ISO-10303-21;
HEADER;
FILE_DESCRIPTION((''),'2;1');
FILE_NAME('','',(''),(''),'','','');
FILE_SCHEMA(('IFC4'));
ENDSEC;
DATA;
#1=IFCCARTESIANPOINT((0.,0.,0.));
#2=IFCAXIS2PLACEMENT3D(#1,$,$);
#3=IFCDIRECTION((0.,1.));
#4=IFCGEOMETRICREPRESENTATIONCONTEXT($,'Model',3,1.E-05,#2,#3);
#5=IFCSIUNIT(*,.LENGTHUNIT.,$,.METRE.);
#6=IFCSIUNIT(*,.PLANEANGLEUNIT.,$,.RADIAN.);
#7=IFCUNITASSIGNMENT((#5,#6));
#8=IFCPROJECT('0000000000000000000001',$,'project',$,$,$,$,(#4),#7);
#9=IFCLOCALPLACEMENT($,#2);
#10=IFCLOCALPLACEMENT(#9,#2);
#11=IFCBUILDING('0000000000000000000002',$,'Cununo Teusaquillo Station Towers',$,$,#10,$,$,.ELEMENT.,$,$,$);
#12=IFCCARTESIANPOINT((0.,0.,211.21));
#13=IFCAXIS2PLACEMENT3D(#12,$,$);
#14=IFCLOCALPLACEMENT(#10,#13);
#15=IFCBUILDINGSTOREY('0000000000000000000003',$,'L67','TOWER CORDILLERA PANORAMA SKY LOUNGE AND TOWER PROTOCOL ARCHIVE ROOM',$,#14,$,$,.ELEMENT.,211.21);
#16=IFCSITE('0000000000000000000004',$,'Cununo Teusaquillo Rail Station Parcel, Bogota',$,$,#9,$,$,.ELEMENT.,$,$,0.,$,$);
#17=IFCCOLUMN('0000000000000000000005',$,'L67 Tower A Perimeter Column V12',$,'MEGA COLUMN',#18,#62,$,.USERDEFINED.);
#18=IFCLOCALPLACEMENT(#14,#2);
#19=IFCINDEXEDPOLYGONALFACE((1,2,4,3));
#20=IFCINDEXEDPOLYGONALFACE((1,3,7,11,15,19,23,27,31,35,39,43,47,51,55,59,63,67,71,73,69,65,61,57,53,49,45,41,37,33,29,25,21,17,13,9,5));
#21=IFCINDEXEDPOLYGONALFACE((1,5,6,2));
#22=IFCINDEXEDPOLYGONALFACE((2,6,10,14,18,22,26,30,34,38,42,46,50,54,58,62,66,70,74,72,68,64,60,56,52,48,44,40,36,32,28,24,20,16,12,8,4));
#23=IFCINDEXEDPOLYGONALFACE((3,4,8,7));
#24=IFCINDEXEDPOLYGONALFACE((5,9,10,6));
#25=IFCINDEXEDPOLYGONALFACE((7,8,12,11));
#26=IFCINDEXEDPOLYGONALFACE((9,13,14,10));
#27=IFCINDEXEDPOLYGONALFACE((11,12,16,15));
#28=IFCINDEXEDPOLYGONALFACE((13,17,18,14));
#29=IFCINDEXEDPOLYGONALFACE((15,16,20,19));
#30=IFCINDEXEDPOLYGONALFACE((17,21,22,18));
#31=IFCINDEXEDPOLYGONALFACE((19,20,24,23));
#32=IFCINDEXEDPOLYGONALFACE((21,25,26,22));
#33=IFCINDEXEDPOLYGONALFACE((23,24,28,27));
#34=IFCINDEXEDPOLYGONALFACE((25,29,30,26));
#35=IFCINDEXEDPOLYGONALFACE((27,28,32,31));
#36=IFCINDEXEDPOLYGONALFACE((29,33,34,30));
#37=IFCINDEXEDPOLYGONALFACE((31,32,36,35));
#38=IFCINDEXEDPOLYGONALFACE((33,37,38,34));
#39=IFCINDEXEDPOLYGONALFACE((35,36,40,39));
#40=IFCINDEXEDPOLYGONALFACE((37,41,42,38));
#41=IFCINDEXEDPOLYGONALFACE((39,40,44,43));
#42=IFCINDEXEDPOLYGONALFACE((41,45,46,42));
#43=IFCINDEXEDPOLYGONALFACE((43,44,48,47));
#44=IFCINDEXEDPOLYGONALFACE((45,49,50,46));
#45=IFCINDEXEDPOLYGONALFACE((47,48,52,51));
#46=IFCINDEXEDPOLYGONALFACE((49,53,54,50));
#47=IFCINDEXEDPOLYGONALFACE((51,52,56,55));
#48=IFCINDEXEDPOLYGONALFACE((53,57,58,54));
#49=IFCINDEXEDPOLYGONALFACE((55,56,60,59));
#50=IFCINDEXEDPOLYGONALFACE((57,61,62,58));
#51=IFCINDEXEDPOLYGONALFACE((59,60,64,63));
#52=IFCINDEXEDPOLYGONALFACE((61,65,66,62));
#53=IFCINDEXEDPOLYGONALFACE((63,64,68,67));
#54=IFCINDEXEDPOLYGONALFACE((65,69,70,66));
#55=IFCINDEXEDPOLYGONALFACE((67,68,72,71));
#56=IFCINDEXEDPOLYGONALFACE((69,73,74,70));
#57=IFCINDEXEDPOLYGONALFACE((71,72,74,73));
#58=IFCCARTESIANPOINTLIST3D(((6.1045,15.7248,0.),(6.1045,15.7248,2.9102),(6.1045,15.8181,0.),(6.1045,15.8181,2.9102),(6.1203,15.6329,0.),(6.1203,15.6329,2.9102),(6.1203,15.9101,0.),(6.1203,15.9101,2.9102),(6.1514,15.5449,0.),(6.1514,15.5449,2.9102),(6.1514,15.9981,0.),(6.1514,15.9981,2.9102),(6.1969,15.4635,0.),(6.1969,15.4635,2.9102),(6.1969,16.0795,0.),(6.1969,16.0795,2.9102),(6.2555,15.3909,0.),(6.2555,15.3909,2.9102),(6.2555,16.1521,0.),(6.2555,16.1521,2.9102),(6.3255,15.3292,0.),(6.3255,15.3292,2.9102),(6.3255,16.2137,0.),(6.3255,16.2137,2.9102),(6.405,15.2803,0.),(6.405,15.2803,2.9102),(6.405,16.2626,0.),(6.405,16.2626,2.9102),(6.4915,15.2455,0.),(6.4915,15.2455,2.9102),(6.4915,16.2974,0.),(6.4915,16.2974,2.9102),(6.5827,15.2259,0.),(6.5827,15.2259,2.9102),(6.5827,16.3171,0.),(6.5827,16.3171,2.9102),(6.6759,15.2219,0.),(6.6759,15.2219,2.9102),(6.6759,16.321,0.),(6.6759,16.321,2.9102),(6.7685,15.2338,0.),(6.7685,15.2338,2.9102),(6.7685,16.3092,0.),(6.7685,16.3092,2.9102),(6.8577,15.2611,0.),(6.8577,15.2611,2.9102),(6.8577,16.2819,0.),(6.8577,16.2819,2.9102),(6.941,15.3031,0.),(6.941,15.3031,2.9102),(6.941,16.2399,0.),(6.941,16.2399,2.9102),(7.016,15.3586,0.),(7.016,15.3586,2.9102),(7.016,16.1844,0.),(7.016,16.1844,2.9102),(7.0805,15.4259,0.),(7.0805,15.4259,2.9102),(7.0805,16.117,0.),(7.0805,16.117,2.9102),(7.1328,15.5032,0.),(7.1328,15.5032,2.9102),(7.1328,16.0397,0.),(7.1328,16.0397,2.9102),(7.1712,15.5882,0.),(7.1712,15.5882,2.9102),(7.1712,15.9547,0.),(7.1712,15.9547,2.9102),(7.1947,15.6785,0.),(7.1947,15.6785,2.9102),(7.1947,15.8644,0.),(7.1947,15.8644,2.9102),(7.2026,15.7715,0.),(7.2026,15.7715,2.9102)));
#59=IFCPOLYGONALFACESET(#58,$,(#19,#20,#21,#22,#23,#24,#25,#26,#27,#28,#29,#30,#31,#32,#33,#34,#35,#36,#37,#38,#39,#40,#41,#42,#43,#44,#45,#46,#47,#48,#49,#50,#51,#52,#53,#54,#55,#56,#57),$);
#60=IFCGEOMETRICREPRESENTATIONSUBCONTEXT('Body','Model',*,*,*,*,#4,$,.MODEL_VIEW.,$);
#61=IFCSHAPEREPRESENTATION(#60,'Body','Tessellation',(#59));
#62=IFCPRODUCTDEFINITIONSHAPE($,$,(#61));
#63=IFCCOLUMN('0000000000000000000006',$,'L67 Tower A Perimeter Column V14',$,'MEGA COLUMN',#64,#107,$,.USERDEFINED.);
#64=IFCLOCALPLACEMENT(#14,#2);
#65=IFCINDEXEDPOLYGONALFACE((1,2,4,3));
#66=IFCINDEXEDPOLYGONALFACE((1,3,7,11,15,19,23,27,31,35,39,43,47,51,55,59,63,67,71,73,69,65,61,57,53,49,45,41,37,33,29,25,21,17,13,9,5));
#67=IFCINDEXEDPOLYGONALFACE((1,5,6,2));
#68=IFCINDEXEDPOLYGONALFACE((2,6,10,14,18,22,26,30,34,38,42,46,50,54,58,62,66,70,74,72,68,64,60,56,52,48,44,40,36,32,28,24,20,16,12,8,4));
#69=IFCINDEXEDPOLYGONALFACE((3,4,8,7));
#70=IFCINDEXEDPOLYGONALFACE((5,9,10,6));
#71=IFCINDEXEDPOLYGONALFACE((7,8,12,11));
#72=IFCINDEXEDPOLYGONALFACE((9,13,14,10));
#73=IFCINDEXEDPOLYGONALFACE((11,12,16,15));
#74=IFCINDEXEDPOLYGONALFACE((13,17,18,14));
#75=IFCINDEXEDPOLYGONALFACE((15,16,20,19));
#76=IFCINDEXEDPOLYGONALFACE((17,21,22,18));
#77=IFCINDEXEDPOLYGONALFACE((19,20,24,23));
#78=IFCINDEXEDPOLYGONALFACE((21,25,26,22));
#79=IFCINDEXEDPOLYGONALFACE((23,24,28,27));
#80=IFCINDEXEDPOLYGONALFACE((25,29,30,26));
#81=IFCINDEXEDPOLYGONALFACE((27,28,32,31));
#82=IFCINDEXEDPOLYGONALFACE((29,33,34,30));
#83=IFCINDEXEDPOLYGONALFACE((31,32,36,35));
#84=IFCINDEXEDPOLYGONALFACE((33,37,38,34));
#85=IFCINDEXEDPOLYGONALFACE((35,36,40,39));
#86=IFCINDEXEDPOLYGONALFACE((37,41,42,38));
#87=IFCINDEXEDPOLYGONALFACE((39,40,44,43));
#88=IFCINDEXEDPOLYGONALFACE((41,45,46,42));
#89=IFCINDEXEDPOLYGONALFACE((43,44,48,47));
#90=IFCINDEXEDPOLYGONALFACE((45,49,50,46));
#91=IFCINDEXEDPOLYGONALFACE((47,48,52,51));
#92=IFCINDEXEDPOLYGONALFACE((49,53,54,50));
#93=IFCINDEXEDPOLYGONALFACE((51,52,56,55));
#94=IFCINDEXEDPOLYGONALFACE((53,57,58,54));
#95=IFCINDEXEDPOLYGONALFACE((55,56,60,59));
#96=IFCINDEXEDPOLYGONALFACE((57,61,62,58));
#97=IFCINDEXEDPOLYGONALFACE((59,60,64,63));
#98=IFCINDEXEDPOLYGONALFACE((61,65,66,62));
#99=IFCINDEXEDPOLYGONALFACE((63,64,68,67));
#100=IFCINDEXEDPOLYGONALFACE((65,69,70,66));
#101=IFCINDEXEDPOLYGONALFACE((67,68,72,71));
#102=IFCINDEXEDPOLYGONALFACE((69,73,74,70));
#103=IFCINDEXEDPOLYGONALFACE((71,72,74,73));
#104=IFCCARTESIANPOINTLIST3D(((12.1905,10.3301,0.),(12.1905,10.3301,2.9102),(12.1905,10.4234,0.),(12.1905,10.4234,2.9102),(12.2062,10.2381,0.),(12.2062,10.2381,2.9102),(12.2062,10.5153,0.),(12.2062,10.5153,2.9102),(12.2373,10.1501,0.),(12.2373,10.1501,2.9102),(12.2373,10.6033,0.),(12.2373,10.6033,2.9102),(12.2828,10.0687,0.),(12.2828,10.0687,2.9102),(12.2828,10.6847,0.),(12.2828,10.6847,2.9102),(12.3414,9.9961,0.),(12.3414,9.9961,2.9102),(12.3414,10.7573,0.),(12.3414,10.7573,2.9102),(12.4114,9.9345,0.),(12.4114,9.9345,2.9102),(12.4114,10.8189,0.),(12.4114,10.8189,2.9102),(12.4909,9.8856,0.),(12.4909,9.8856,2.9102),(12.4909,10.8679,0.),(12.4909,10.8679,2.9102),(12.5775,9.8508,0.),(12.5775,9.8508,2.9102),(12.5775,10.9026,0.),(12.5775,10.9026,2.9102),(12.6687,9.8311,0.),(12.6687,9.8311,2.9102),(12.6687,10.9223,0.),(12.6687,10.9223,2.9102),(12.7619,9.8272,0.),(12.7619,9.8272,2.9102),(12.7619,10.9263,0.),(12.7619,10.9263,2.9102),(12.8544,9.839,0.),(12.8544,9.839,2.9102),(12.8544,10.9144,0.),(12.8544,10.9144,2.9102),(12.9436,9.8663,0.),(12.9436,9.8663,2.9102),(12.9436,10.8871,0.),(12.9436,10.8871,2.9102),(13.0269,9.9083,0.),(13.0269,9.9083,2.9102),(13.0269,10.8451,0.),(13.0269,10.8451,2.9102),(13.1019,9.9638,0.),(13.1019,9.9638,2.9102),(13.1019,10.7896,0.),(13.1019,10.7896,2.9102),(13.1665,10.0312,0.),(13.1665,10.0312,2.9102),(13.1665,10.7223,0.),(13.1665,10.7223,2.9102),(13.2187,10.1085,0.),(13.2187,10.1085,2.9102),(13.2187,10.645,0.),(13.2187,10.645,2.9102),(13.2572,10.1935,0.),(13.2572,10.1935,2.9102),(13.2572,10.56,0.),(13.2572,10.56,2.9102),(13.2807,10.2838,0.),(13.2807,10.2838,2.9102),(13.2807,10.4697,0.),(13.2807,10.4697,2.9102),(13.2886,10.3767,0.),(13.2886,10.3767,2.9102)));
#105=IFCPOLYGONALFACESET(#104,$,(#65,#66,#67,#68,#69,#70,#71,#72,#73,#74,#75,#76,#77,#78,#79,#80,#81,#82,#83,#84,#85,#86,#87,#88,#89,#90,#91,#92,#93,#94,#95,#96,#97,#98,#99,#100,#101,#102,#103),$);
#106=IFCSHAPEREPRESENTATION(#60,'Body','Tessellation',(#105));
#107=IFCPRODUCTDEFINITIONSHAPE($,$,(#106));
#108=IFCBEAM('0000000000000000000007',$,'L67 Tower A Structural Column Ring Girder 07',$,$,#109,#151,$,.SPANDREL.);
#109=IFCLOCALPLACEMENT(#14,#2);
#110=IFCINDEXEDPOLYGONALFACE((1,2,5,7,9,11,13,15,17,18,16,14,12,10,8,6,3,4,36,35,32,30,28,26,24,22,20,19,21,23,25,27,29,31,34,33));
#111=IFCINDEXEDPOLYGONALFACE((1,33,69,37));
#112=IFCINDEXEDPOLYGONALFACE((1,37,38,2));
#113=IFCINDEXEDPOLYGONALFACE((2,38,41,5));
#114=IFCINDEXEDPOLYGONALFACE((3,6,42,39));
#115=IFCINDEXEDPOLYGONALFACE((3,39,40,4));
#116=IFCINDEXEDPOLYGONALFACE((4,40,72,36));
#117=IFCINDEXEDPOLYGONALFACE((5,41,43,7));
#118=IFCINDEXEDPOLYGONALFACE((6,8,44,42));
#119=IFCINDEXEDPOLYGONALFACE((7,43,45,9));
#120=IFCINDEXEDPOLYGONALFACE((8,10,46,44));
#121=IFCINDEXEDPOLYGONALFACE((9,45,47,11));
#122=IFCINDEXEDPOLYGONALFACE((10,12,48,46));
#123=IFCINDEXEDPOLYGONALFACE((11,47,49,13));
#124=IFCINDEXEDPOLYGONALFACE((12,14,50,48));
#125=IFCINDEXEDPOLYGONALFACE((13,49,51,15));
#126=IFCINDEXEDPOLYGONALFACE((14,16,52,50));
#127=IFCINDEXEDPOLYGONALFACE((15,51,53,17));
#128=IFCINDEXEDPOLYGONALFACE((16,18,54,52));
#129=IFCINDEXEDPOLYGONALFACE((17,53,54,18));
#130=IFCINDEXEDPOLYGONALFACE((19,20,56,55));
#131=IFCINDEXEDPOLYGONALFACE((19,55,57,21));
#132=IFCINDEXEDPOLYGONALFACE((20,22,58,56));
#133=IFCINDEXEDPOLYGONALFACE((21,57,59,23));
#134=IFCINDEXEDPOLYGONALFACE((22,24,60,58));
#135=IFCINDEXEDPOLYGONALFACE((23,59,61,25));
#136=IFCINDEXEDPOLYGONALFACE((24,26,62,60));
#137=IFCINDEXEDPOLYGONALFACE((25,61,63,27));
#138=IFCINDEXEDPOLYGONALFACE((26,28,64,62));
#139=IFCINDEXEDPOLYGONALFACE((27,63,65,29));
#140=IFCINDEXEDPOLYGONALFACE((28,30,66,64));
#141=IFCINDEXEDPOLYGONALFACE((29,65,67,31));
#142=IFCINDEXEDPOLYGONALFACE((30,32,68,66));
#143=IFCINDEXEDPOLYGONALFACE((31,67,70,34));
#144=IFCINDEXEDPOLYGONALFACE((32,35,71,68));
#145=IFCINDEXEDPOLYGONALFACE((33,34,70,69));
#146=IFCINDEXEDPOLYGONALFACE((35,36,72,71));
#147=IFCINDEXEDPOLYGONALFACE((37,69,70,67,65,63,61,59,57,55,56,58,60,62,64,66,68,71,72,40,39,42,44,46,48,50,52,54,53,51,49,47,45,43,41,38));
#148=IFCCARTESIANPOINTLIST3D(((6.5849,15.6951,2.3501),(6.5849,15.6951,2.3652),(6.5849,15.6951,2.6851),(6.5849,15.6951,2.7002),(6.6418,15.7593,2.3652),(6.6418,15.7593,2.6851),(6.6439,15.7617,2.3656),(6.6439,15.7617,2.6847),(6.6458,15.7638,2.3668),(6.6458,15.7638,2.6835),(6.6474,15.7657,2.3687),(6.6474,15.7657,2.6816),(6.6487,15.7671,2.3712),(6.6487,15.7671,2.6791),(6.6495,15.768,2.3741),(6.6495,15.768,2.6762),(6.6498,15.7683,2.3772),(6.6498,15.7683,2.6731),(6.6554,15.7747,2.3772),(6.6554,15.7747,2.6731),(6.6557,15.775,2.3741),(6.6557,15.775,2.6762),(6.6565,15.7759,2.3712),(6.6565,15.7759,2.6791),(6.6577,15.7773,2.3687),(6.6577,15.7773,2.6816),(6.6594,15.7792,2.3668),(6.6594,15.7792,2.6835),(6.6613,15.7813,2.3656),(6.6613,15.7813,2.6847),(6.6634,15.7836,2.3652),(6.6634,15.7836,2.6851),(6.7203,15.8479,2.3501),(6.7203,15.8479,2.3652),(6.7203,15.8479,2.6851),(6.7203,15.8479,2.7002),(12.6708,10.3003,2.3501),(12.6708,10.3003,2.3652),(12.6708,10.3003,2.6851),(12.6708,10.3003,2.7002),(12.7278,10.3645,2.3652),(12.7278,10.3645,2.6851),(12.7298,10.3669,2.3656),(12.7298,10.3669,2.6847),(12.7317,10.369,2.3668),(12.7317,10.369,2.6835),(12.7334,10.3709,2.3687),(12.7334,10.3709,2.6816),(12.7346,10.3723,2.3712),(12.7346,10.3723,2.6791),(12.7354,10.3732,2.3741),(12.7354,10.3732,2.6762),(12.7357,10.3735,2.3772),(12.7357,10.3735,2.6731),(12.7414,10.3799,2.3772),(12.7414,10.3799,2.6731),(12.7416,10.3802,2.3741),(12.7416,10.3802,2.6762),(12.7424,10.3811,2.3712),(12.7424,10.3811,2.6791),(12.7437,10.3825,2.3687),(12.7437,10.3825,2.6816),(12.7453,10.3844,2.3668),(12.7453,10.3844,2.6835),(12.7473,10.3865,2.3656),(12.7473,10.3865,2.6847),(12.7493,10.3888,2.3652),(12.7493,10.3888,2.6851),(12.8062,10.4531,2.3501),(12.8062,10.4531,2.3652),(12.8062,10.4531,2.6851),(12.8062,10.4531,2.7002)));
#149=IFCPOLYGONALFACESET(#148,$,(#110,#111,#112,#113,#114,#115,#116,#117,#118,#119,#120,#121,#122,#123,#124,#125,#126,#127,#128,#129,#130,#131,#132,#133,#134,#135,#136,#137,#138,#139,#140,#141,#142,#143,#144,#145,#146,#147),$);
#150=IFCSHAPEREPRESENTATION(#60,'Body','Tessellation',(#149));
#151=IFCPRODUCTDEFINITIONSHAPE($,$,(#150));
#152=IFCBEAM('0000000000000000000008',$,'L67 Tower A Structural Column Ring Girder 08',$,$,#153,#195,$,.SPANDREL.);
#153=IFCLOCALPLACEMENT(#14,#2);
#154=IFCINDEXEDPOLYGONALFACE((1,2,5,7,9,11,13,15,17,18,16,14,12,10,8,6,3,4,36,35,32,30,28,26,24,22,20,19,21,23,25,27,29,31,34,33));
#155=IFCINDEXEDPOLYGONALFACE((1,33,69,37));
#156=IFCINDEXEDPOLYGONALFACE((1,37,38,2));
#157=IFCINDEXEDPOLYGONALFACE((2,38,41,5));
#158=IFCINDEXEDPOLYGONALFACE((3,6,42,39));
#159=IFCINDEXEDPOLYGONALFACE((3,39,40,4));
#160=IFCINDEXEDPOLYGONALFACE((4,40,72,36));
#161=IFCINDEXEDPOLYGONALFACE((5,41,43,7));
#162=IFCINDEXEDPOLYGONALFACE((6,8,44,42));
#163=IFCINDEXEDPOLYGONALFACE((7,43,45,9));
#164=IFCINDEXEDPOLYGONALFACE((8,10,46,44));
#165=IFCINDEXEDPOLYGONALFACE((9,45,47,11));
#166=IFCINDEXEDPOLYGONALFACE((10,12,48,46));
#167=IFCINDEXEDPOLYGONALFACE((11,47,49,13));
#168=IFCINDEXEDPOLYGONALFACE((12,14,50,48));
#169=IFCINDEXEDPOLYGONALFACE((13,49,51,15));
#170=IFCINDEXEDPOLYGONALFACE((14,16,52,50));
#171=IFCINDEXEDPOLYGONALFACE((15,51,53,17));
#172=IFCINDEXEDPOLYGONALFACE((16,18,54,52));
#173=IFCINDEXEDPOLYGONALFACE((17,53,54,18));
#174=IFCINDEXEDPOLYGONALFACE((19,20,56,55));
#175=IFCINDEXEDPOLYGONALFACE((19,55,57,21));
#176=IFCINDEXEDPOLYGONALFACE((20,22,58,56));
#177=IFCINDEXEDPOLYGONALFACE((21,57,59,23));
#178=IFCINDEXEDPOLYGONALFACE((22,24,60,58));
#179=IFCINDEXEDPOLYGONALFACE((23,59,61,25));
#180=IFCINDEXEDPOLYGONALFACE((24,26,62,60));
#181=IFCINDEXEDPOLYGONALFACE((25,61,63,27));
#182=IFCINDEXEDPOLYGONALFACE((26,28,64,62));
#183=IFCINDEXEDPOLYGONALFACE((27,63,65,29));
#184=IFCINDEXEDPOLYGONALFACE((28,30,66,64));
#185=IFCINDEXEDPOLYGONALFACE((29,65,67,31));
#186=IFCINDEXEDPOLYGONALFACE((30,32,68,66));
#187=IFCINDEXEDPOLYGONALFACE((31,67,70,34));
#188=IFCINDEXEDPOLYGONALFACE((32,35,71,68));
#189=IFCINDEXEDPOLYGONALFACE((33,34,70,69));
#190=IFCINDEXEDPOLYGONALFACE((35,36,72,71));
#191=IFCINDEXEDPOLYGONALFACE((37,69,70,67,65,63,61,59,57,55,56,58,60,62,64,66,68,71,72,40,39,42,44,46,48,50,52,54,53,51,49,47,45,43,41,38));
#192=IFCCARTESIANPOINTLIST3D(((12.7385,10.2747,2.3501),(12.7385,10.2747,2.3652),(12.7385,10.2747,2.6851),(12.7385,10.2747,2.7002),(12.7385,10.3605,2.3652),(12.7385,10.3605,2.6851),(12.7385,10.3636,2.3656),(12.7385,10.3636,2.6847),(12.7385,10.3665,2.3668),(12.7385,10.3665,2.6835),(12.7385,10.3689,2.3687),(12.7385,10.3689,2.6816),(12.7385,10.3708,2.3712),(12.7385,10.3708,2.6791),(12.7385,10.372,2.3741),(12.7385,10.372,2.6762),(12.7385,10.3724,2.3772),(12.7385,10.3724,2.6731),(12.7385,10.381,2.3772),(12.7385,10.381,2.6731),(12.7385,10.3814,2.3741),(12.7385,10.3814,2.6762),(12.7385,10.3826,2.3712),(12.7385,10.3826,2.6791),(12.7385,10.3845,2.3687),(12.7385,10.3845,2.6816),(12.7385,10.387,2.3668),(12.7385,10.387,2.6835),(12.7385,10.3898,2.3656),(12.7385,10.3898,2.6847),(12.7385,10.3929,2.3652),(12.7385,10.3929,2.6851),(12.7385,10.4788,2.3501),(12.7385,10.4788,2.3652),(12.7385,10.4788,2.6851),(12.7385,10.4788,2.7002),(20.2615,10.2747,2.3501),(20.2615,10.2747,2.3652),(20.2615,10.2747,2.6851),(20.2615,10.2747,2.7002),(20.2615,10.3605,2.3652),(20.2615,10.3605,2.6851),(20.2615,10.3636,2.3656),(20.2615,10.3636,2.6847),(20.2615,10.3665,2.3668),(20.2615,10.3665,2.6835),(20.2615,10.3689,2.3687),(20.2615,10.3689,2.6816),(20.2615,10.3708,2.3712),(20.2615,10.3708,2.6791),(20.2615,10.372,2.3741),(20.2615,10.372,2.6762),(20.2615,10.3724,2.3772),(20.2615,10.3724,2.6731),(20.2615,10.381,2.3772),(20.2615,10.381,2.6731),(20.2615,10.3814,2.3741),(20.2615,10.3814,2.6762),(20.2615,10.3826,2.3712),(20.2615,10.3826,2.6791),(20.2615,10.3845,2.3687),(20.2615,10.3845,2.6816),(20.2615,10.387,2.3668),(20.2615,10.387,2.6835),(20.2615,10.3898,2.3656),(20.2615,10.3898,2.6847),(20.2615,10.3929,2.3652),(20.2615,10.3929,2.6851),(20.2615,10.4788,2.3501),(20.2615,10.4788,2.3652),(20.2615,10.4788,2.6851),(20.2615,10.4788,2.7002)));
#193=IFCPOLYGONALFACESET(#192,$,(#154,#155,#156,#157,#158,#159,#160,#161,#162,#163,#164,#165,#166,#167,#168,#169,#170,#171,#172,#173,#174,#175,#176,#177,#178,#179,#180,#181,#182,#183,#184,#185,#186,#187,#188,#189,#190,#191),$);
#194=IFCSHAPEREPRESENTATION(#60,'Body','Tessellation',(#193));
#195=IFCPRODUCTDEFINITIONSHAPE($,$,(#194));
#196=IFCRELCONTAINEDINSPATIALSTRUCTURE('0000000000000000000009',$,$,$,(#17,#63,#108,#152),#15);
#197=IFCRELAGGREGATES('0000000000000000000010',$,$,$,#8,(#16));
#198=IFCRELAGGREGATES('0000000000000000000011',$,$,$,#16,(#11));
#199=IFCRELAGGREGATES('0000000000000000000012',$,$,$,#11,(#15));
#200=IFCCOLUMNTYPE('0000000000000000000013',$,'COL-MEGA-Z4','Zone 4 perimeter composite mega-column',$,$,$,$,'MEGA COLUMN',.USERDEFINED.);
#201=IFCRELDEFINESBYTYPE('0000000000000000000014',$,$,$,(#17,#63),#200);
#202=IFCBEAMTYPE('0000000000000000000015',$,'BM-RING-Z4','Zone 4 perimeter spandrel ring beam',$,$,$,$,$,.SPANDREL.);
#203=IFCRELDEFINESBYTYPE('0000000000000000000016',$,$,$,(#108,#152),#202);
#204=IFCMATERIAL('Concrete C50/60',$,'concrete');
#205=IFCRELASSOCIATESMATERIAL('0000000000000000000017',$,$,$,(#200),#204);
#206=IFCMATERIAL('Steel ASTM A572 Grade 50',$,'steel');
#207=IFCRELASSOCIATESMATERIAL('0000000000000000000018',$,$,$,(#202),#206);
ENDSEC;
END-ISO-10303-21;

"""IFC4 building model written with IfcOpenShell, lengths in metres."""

from ifc_helpers import new_model, si_unit, direction, frame, origin, origin_2d, place, context, subcontext, project, spatial, circle, i_section, extrude, material, material_profile, profile_set, type_object, element, save


model = new_model("IFC4")

# Units and contexts
model_context = context("Model", 3, precision=1e-05, world=origin(), true_north=direction((0.0, 1.0)))
body_context = subcontext(model_context, "Body", "Model", "MODEL_VIEW")
ifc_project = project(units=[si_unit("LENGTHUNIT", "METRE"), si_unit("PLANEANGLEUNIT", "RADIAN")], contexts=[model_context])

# Site, building, storey
site_placement = place(None, origin())
site = spatial("IfcSite", under=ifc_project, at=site_placement, Name="Cununo Teusaquillo Rail Station Parcel, Bogota", CompositionType="ELEMENT", RefElevation=0.0)
building_placement = place(site_placement, origin())
building = spatial("IfcBuilding", under=site, at=building_placement, Name="Cununo Teusaquillo Station Towers", CompositionType="ELEMENT")
storey_placement = place(building_placement, frame((0.0, 0.0, 211.21)))
storey = spatial("IfcBuildingStorey", under=building, at=storey_placement, Name="L67", Description="TOWER CORDILLERA PANORAMA SKY LOUNGE AND TOWER PROTOCOL ARCHIVE ROOM", CompositionType="ELEMENT", Elevation=211.21)

# Columns
ifc_material_1 = material(Name="Concrete C50/60", Category="concrete")
ifc_material_profile_1 = material_profile(ifc_material_1, circle(Radius=0.55, at=origin_2d()), Name="RC-CIRC-1100")
ifc_profile_set_1 = profile_set([ifc_material_profile_1], Name="Concrete C50/60")
column_type = type_object("IfcColumnType", Name="COL-MEGA-Z4", Description="Zone 4 perimeter composite mega-column", ElementType="MEGA COLUMN", PredefinedType="USERDEFINED", material=ifc_profile_set_1)
for number, where, z_axis, x_axis, name in (
    (1, (6.6526, 15.7715, 0.0), (0.0, 0.0, 1.0), (1.0, 0.0, 0.0), "L67 Tower A Perimeter Column V12"),
    (2, (12.7385, 10.3767, 0.0), (0.0, 0.0, 1.0), (1.0, 0.0, 0.0), "L67 Tower A Perimeter Column V14"),
):
    element("IfcColumn", number, at=place(storey_placement, frame(where, z_axis=z_axis, x_axis=x_axis)), inside=storey, type_object=column_type, Name=name, ObjectType="MEGA COLUMN", PredefinedType="USERDEFINED", context=body_context, shape_type="SweptSolid", body=[
        extrude(circle(Radius=0.55, at=origin_2d()), origin(), (0.0, 0.0, 1.0), 2.9102),
    ])

# Beams
ifc_material_2 = material(Name="Steel ASTM A572 Grade 50", Category="steel")
ifc_material_profile_2 = material_profile(ifc_material_2, i_section(OverallWidth=0.2041, OverallDepth=0.3501, WebThickness=0.0085, FlangeThickness=0.0151, FilletRadius=0.012, at=origin_2d()), Name="W14X48")
ifc_profile_set_2 = profile_set([ifc_material_profile_2], Name="Steel ASTM A572 Grade 50")
beam_type_1 = type_object("IfcBeamType", Name="BM-RING-Z4", Description="Zone 4 perimeter spandrel ring beam", PredefinedType="SPANDREL", material=ifc_profile_set_2)
beam_1_placement = place(storey_placement, frame((6.6526, 15.7715, 2.5251), z_axis=(0.748321, -0.663337, 0.0), x_axis=(0.663337, 0.748321, 0.0)))
element("IfcBeam", 3, at=beam_1_placement, inside=storey, type_object=beam_type_1, Name="L67 Tower A Structural Column Ring Girder 07", PredefinedType="SPANDREL", context=body_context, shape_type="SweptSolid", body=[
    extrude(i_section(OverallWidth=0.2041, OverallDepth=0.3501, WebThickness=0.0085, FlangeThickness=0.0151, FilletRadius=0.012, at=origin_2d()), origin(), (0.0, 0.0, 1.0), 8.1328),
])
beam_2_placement = place(storey_placement, frame((12.7385, 10.3767, 2.5251), z_axis=(1.0, 0.0, 0.0), x_axis=(0.0, 1.0, 0.0)))
element("IfcBeam", 4, at=beam_2_placement, inside=storey, type_object=beam_type_1, Name="L67 Tower A Structural Column Ring Girder 08", PredefinedType="SPANDREL", context=body_context, shape_type="SweptSolid", body=[
    extrude(i_section(OverallWidth=0.2041, OverallDepth=0.3501, WebThickness=0.0085, FlangeThickness=0.0151, FilletRadius=0.012, at=origin_2d()), origin(), (0.0, 0.0, 1.0), 7.5229),
])

save(model, "model.ifc")
